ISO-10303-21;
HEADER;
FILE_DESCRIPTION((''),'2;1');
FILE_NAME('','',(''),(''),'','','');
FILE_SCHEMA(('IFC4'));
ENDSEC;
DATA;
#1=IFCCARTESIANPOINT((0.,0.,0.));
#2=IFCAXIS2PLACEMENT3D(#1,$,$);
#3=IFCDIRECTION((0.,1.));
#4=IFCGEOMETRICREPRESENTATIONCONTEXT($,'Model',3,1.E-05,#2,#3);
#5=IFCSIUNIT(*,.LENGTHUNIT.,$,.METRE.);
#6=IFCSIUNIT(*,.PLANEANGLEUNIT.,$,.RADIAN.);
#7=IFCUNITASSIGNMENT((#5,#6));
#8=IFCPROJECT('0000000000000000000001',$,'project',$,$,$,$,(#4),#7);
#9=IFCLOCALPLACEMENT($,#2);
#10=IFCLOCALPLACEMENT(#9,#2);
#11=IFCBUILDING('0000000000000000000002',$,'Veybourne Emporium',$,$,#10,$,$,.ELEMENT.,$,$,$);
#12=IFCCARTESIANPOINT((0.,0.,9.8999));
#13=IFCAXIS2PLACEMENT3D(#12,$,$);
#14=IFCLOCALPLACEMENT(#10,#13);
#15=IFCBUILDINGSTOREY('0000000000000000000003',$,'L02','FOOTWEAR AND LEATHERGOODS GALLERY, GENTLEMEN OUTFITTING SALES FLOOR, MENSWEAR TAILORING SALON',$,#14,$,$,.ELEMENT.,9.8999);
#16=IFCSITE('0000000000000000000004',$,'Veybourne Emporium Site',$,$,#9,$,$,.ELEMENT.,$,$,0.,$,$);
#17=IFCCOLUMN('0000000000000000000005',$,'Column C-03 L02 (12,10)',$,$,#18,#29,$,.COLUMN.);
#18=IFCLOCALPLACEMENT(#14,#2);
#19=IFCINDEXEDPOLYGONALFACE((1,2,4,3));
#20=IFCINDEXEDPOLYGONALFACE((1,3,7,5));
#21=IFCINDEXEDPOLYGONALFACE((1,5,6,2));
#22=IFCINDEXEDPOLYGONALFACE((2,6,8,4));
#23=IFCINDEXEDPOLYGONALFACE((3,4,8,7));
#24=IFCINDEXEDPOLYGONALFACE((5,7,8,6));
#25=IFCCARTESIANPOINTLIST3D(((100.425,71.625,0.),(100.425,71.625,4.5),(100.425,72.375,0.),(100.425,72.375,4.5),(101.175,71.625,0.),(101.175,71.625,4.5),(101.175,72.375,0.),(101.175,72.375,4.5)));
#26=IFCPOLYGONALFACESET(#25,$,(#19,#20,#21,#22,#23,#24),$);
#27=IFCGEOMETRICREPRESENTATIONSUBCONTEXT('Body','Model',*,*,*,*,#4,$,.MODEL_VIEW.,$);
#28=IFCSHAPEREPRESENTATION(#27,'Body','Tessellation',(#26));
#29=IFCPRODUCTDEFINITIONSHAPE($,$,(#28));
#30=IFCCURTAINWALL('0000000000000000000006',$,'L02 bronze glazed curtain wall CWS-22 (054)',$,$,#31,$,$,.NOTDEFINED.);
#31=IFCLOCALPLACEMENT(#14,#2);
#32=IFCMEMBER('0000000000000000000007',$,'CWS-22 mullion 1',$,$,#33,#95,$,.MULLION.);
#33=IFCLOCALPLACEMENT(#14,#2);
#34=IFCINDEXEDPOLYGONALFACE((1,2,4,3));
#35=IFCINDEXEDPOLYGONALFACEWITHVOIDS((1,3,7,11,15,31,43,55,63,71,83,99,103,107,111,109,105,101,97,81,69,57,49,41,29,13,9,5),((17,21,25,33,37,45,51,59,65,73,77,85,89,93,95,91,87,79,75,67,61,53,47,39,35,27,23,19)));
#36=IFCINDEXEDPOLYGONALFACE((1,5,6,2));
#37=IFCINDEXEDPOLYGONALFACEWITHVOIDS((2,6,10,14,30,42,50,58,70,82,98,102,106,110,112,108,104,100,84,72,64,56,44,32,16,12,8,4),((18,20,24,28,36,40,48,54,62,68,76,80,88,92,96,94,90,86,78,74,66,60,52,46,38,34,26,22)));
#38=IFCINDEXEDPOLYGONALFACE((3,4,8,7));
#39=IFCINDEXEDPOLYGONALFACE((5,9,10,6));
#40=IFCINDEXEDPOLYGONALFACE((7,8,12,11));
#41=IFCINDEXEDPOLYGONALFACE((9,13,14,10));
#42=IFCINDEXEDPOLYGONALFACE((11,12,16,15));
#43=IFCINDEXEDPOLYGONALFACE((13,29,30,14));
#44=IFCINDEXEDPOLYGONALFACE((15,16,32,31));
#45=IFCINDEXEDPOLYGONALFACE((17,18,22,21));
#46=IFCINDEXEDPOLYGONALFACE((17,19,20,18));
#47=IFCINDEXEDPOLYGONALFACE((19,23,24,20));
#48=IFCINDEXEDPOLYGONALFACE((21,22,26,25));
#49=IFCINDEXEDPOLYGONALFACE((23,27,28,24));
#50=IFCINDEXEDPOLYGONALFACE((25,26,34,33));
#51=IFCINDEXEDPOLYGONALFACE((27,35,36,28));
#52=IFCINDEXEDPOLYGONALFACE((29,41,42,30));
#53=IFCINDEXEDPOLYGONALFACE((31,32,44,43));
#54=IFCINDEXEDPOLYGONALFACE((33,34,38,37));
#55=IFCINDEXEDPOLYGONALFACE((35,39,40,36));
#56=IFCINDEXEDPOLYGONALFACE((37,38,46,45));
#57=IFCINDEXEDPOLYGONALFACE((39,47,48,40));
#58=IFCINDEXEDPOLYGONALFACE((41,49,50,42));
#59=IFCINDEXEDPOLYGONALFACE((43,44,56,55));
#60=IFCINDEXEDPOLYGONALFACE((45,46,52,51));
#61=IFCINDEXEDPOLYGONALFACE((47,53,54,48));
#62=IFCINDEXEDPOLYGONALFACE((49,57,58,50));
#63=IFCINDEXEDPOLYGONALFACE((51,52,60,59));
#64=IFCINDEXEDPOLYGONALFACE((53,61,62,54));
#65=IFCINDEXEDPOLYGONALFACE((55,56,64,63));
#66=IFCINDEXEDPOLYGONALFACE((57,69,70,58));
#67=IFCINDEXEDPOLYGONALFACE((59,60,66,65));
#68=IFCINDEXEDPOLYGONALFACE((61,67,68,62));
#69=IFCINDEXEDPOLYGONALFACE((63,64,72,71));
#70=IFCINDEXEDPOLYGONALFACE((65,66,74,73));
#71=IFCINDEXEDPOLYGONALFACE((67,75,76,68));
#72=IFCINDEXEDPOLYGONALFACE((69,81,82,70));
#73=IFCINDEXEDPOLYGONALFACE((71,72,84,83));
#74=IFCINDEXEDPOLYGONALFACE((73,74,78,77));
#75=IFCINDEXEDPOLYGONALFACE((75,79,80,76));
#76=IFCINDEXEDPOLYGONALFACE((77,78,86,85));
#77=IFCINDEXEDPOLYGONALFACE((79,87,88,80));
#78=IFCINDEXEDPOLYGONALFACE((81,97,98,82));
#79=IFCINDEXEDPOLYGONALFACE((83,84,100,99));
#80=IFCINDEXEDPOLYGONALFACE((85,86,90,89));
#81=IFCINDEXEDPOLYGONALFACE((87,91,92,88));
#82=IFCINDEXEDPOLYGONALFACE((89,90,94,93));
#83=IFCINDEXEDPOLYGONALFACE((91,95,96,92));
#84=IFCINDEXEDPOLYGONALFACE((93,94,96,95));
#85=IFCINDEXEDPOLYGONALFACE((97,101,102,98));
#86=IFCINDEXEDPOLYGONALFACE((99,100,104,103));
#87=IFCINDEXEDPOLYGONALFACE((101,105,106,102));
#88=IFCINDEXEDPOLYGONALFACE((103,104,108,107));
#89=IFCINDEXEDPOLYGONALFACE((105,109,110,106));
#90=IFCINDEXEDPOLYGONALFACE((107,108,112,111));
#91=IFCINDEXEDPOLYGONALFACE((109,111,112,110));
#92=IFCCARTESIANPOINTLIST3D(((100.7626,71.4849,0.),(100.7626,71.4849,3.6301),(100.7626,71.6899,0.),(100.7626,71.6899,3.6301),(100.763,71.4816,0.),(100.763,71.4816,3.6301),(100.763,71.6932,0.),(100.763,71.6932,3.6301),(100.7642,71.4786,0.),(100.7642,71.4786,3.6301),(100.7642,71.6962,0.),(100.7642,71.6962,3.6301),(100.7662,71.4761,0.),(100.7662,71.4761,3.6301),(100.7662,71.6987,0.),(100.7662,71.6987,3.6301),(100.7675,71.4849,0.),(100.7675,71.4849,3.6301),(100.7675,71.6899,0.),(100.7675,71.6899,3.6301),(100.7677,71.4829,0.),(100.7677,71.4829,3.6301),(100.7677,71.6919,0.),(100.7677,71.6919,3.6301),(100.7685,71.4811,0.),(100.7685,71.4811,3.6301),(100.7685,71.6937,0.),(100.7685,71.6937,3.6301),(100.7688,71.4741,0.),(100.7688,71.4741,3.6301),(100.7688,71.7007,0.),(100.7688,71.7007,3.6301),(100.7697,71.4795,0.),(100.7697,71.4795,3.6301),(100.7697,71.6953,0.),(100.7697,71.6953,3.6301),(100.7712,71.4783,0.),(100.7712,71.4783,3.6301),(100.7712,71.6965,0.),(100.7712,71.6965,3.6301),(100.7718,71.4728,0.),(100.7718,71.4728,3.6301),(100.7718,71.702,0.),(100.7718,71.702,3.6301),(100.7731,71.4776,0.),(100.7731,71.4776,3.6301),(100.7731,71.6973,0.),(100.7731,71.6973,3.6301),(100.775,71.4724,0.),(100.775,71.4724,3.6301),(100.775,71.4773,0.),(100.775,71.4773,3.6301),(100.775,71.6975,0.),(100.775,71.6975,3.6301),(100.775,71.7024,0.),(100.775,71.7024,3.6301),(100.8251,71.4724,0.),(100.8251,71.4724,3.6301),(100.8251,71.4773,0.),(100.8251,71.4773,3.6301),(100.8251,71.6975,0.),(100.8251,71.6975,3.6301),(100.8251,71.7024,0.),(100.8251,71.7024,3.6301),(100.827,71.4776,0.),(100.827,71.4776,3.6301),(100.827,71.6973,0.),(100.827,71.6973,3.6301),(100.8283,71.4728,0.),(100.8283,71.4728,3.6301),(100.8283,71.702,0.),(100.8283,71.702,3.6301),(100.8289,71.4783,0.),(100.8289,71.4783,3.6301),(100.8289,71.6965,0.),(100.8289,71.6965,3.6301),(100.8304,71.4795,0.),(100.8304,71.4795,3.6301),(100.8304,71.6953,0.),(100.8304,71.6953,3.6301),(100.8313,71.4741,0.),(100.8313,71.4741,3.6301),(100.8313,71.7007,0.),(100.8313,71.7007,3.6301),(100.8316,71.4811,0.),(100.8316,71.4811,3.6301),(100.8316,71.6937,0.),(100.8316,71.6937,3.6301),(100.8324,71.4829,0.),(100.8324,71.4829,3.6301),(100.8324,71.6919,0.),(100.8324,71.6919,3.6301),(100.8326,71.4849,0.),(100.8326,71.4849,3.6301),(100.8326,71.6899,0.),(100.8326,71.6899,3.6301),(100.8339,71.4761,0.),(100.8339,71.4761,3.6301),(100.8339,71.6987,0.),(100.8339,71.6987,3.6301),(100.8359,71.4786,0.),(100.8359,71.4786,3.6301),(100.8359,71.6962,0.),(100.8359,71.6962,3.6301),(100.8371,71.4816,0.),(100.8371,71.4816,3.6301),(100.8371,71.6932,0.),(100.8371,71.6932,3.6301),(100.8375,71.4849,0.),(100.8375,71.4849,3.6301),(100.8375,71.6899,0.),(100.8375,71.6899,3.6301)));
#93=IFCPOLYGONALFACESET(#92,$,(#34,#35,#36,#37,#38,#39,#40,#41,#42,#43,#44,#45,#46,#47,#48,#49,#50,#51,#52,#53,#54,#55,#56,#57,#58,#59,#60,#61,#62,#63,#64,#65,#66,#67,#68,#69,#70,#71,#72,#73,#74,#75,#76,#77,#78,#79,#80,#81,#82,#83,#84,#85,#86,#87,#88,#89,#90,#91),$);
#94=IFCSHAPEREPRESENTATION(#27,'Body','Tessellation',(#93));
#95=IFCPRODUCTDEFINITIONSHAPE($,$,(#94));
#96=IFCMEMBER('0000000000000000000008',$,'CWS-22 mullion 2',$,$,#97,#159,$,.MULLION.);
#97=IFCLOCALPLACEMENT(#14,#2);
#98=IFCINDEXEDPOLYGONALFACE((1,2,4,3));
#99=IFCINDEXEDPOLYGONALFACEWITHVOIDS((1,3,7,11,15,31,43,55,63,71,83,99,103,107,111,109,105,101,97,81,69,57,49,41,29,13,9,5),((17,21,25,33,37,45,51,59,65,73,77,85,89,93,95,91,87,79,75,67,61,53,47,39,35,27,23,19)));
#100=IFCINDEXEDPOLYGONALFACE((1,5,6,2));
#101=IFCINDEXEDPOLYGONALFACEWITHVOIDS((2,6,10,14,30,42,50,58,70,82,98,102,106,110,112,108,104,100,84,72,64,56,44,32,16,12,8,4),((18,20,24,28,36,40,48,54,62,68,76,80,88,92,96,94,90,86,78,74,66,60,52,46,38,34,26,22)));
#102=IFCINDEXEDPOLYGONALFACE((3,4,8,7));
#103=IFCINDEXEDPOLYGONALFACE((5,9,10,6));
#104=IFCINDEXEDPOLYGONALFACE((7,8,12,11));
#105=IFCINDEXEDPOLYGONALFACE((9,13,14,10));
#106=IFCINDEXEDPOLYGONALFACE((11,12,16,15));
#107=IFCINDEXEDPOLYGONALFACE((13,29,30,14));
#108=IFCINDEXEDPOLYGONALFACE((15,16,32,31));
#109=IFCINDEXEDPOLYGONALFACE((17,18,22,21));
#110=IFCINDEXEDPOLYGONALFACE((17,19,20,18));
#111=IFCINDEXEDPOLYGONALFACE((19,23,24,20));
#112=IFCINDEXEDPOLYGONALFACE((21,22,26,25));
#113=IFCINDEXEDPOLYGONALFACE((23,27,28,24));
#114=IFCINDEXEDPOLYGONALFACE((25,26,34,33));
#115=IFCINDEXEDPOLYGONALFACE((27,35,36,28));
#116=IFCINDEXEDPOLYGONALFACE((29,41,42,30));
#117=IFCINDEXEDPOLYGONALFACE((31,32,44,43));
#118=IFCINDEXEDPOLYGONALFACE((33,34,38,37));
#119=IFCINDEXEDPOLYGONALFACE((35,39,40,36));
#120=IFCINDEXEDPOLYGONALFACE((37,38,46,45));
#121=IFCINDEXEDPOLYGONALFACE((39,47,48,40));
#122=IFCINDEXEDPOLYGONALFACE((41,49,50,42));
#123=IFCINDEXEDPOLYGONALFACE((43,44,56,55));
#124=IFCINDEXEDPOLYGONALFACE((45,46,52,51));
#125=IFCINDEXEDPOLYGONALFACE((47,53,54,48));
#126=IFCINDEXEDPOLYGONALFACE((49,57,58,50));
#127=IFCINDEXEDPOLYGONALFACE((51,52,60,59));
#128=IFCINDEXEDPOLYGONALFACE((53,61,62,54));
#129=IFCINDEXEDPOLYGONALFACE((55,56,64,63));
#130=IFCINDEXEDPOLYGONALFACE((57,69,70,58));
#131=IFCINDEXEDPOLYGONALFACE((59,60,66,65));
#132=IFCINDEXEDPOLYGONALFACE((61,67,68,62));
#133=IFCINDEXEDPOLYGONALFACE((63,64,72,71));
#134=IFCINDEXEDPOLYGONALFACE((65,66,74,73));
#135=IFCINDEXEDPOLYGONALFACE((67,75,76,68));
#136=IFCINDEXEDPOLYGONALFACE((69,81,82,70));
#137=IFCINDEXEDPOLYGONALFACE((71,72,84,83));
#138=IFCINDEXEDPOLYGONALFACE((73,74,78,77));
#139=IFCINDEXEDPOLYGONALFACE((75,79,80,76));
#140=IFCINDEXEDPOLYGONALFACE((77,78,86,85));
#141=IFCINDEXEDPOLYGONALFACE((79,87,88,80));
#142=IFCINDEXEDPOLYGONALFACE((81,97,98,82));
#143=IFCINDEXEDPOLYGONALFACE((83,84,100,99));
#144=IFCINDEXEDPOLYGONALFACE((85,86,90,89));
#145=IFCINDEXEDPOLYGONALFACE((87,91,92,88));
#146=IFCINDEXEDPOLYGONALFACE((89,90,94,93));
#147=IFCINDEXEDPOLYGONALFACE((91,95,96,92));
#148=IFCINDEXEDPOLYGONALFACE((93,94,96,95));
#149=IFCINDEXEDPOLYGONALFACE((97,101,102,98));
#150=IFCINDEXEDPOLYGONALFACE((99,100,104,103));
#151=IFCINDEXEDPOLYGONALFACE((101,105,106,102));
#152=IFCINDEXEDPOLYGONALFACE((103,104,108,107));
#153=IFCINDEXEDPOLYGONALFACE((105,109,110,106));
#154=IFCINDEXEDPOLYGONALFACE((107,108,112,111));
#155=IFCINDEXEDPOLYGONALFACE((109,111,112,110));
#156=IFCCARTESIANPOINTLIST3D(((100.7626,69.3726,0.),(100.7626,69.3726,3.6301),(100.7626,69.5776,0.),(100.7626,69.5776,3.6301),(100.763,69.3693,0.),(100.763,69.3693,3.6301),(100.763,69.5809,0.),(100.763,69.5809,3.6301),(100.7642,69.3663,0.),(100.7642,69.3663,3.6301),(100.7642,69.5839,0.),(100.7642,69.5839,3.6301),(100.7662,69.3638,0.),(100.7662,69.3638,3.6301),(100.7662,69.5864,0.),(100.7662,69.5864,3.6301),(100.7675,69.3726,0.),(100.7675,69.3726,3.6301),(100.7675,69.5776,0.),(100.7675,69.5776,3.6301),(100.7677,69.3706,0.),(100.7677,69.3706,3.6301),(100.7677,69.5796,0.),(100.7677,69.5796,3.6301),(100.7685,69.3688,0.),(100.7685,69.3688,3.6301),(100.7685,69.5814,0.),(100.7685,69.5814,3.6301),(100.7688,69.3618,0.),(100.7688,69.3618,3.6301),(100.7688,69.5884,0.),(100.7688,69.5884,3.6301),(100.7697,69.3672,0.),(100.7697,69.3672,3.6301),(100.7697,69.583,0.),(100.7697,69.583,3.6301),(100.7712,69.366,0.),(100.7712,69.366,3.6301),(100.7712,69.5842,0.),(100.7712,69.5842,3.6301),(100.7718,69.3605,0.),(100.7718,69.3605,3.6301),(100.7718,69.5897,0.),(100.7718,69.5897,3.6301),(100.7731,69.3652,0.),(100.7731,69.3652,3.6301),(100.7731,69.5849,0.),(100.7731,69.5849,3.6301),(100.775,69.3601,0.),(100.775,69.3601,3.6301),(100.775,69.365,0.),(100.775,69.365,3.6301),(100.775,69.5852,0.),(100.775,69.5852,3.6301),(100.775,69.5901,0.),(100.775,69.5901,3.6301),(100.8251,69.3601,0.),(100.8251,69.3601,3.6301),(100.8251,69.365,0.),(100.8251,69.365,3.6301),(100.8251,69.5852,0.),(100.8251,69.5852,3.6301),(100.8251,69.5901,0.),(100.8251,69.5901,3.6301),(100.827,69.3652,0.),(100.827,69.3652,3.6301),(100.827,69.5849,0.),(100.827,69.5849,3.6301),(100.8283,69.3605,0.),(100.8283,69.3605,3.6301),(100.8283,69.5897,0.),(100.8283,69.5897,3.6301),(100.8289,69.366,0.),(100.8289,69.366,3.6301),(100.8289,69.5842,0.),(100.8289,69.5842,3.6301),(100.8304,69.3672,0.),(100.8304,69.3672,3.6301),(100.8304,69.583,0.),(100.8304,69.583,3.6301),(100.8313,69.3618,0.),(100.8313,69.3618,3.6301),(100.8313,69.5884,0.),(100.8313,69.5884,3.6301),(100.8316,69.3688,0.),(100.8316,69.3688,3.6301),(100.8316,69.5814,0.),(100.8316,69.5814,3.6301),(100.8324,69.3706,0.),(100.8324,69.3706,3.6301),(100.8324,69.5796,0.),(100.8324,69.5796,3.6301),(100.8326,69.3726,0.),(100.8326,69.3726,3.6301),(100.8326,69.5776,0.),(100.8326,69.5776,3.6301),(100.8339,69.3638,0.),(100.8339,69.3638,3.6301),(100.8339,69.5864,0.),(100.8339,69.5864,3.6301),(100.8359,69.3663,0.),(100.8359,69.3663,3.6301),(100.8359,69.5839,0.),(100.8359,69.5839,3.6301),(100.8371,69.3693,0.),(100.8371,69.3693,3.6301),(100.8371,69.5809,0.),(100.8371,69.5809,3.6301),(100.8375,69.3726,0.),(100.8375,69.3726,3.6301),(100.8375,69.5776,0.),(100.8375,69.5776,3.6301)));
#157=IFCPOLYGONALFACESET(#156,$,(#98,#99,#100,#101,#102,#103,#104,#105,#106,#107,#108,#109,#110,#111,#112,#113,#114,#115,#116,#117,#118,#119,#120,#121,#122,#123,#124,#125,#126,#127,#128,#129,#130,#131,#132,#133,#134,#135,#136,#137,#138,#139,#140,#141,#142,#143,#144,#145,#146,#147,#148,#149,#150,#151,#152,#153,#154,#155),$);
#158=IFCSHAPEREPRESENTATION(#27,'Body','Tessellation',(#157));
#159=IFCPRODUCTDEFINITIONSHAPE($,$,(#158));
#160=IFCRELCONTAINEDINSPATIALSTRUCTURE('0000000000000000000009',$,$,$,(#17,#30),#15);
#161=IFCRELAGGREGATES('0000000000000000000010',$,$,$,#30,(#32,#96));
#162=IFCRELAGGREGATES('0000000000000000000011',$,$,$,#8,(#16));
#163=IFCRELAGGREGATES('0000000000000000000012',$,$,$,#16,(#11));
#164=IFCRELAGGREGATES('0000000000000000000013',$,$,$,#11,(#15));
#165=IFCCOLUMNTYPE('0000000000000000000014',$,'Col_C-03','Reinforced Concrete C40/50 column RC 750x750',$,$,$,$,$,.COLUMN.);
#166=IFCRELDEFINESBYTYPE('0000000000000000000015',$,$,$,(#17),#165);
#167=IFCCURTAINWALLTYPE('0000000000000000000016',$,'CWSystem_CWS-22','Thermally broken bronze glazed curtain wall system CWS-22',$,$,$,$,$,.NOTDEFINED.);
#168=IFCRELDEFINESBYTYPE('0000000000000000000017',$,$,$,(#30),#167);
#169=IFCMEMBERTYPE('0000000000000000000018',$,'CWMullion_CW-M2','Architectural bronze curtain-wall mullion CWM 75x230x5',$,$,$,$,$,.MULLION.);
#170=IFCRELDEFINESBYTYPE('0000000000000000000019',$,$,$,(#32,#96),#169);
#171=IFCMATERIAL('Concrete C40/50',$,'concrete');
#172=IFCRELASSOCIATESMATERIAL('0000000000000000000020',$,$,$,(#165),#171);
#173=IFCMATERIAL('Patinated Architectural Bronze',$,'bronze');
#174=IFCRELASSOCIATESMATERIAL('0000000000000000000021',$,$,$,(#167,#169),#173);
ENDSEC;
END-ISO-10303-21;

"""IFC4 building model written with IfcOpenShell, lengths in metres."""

from ifc_helpers import new_model, si_unit, direction, frame, origin, origin_2d, place, context, subcontext, project, spatial, rectangle, hollow_rectangle, extrude, material, material_profile, profile_set, type_object, element, aggregate, save


model = new_model("IFC4")

# Units and contexts
model_context = context("Model", 3, precision=1e-05, world=origin(), true_north=direction((0.0, 1.0)))
body_context = subcontext(model_context, "Body", "Model", "MODEL_VIEW")
ifc_project = project(units=[si_unit("LENGTHUNIT", "METRE"), si_unit("PLANEANGLEUNIT", "RADIAN")], contexts=[model_context])

# Site, building, storey
site_placement = place(None, origin())
site = spatial("IfcSite", under=ifc_project, at=site_placement, Name="Veybourne Emporium Site", CompositionType="ELEMENT", RefElevation=0.0)
building_placement = place(site_placement, origin())
building = spatial("IfcBuilding", under=site, at=building_placement, Name="Veybourne Emporium", CompositionType="ELEMENT")
storey_placement = place(building_placement, frame((0.0, 0.0, 9.8999)))
storey = spatial("IfcBuildingStorey", under=building, at=storey_placement, Name="L02", Description="FOOTWEAR AND LEATHERGOODS GALLERY, GENTLEMEN OUTFITTING SALES FLOOR, MENSWEAR TAILORING SALON", CompositionType="ELEMENT", Elevation=9.8999)

# Column
ifc_material_1 = material(Name="Concrete C40/50", Category="concrete")
ifc_material_profile_1 = material_profile(ifc_material_1, rectangle(XDim=0.75, YDim=0.75, at=origin_2d()), Name="RC 750x750")
ifc_profile_set_1 = profile_set([ifc_material_profile_1], Name="Concrete C40/50")
column_type = type_object("IfcColumnType", Name="Col_C-03", Description="Reinforced Concrete C40/50 column RC 750x750", PredefinedType="COLUMN", material=ifc_profile_set_1)
column_placement = place(storey_placement, frame((100.8, 72.0, 0.0), z_axis=(0.0, 0.0, 1.0), x_axis=(1.0, 0.0, 0.0)))
element("IfcColumn", 1, at=column_placement, inside=storey, type_object=column_type, Name="Column C-03 L02 (12,10)", PredefinedType="COLUMN", context=body_context, shape_type="SweptSolid", body=[
    extrude(rectangle(XDim=0.75, YDim=0.75, at=origin_2d()), origin(), (0.0, 0.0, 1.0), 4.5),
])

# Curtain wall, members
ifc_material_2 = material(Name="Patinated Architectural Bronze", Category="bronze")
curtain_wall_type = type_object("IfcCurtainWallType", Name="CWSystem_CWS-22", Description="Thermally broken bronze glazed curtain wall system CWS-22", PredefinedType="NOTDEFINED", material=ifc_material_2)
curtain_wall_placement = place(storey_placement, origin())
curtain_wall = element("IfcCurtainWall", 2, at=curtain_wall_placement, inside=storey, type_object=curtain_wall_type, Name="L02 bronze glazed curtain wall CWS-22 (054)", PredefinedType="NOTDEFINED")
ifc_material_profile_2 = material_profile(ifc_material_2, hollow_rectangle(XDim=0.075, YDim=0.23, WallThickness=0.0049, InnerFilletRadius=0.0076, OuterFilletRadius=0.0125, at=origin_2d()), Name="CWM 75x230x5")
ifc_profile_set_2 = profile_set([ifc_material_profile_2], Name="Patinated Architectural Bronze")
member_type_1 = type_object("IfcMemberType", Name="CWMullion_CW-M2", Description="Architectural bronze curtain-wall mullion CWM 75x230x5", PredefinedType="MULLION", material=ifc_profile_set_2)
member_1_placement = place(storey_placement, frame((100.8, 71.5874, 0.0), z_axis=(0.0, 0.0, 1.0), x_axis=(1.0, 0.0, 0.0)))
member_1 = element("IfcMember", 3, at=member_1_placement, type_object=member_type_1, Name="CWS-22 mullion 1", PredefinedType="MULLION", context=body_context, shape_type="SweptSolid", body=[
    extrude(hollow_rectangle(XDim=0.075, YDim=0.23, WallThickness=0.0049, InnerFilletRadius=0.0076, OuterFilletRadius=0.0125, at=origin_2d()), origin(), (0.0, 0.0, 1.0), 3.6301),
])
member_2_placement = place(storey_placement, frame((100.8, 69.4751, 0.0), z_axis=(0.0, 0.0, 1.0), x_axis=(1.0, 0.0, 0.0)))
member_2 = element("IfcMember", 4, at=member_2_placement, type_object=member_type_1, Name="CWS-22 mullion 2", PredefinedType="MULLION", context=body_context, shape_type="SweptSolid", body=[
    extrude(hollow_rectangle(XDim=0.075, YDim=0.23, WallThickness=0.0049, InnerFilletRadius=0.0076, OuterFilletRadius=0.0125, at=origin_2d()), origin(), (0.0, 0.0, 1.0), 3.6301),
])

aggregate(curtain_wall, [member_1, member_2])

save(model, "model.ifc")
